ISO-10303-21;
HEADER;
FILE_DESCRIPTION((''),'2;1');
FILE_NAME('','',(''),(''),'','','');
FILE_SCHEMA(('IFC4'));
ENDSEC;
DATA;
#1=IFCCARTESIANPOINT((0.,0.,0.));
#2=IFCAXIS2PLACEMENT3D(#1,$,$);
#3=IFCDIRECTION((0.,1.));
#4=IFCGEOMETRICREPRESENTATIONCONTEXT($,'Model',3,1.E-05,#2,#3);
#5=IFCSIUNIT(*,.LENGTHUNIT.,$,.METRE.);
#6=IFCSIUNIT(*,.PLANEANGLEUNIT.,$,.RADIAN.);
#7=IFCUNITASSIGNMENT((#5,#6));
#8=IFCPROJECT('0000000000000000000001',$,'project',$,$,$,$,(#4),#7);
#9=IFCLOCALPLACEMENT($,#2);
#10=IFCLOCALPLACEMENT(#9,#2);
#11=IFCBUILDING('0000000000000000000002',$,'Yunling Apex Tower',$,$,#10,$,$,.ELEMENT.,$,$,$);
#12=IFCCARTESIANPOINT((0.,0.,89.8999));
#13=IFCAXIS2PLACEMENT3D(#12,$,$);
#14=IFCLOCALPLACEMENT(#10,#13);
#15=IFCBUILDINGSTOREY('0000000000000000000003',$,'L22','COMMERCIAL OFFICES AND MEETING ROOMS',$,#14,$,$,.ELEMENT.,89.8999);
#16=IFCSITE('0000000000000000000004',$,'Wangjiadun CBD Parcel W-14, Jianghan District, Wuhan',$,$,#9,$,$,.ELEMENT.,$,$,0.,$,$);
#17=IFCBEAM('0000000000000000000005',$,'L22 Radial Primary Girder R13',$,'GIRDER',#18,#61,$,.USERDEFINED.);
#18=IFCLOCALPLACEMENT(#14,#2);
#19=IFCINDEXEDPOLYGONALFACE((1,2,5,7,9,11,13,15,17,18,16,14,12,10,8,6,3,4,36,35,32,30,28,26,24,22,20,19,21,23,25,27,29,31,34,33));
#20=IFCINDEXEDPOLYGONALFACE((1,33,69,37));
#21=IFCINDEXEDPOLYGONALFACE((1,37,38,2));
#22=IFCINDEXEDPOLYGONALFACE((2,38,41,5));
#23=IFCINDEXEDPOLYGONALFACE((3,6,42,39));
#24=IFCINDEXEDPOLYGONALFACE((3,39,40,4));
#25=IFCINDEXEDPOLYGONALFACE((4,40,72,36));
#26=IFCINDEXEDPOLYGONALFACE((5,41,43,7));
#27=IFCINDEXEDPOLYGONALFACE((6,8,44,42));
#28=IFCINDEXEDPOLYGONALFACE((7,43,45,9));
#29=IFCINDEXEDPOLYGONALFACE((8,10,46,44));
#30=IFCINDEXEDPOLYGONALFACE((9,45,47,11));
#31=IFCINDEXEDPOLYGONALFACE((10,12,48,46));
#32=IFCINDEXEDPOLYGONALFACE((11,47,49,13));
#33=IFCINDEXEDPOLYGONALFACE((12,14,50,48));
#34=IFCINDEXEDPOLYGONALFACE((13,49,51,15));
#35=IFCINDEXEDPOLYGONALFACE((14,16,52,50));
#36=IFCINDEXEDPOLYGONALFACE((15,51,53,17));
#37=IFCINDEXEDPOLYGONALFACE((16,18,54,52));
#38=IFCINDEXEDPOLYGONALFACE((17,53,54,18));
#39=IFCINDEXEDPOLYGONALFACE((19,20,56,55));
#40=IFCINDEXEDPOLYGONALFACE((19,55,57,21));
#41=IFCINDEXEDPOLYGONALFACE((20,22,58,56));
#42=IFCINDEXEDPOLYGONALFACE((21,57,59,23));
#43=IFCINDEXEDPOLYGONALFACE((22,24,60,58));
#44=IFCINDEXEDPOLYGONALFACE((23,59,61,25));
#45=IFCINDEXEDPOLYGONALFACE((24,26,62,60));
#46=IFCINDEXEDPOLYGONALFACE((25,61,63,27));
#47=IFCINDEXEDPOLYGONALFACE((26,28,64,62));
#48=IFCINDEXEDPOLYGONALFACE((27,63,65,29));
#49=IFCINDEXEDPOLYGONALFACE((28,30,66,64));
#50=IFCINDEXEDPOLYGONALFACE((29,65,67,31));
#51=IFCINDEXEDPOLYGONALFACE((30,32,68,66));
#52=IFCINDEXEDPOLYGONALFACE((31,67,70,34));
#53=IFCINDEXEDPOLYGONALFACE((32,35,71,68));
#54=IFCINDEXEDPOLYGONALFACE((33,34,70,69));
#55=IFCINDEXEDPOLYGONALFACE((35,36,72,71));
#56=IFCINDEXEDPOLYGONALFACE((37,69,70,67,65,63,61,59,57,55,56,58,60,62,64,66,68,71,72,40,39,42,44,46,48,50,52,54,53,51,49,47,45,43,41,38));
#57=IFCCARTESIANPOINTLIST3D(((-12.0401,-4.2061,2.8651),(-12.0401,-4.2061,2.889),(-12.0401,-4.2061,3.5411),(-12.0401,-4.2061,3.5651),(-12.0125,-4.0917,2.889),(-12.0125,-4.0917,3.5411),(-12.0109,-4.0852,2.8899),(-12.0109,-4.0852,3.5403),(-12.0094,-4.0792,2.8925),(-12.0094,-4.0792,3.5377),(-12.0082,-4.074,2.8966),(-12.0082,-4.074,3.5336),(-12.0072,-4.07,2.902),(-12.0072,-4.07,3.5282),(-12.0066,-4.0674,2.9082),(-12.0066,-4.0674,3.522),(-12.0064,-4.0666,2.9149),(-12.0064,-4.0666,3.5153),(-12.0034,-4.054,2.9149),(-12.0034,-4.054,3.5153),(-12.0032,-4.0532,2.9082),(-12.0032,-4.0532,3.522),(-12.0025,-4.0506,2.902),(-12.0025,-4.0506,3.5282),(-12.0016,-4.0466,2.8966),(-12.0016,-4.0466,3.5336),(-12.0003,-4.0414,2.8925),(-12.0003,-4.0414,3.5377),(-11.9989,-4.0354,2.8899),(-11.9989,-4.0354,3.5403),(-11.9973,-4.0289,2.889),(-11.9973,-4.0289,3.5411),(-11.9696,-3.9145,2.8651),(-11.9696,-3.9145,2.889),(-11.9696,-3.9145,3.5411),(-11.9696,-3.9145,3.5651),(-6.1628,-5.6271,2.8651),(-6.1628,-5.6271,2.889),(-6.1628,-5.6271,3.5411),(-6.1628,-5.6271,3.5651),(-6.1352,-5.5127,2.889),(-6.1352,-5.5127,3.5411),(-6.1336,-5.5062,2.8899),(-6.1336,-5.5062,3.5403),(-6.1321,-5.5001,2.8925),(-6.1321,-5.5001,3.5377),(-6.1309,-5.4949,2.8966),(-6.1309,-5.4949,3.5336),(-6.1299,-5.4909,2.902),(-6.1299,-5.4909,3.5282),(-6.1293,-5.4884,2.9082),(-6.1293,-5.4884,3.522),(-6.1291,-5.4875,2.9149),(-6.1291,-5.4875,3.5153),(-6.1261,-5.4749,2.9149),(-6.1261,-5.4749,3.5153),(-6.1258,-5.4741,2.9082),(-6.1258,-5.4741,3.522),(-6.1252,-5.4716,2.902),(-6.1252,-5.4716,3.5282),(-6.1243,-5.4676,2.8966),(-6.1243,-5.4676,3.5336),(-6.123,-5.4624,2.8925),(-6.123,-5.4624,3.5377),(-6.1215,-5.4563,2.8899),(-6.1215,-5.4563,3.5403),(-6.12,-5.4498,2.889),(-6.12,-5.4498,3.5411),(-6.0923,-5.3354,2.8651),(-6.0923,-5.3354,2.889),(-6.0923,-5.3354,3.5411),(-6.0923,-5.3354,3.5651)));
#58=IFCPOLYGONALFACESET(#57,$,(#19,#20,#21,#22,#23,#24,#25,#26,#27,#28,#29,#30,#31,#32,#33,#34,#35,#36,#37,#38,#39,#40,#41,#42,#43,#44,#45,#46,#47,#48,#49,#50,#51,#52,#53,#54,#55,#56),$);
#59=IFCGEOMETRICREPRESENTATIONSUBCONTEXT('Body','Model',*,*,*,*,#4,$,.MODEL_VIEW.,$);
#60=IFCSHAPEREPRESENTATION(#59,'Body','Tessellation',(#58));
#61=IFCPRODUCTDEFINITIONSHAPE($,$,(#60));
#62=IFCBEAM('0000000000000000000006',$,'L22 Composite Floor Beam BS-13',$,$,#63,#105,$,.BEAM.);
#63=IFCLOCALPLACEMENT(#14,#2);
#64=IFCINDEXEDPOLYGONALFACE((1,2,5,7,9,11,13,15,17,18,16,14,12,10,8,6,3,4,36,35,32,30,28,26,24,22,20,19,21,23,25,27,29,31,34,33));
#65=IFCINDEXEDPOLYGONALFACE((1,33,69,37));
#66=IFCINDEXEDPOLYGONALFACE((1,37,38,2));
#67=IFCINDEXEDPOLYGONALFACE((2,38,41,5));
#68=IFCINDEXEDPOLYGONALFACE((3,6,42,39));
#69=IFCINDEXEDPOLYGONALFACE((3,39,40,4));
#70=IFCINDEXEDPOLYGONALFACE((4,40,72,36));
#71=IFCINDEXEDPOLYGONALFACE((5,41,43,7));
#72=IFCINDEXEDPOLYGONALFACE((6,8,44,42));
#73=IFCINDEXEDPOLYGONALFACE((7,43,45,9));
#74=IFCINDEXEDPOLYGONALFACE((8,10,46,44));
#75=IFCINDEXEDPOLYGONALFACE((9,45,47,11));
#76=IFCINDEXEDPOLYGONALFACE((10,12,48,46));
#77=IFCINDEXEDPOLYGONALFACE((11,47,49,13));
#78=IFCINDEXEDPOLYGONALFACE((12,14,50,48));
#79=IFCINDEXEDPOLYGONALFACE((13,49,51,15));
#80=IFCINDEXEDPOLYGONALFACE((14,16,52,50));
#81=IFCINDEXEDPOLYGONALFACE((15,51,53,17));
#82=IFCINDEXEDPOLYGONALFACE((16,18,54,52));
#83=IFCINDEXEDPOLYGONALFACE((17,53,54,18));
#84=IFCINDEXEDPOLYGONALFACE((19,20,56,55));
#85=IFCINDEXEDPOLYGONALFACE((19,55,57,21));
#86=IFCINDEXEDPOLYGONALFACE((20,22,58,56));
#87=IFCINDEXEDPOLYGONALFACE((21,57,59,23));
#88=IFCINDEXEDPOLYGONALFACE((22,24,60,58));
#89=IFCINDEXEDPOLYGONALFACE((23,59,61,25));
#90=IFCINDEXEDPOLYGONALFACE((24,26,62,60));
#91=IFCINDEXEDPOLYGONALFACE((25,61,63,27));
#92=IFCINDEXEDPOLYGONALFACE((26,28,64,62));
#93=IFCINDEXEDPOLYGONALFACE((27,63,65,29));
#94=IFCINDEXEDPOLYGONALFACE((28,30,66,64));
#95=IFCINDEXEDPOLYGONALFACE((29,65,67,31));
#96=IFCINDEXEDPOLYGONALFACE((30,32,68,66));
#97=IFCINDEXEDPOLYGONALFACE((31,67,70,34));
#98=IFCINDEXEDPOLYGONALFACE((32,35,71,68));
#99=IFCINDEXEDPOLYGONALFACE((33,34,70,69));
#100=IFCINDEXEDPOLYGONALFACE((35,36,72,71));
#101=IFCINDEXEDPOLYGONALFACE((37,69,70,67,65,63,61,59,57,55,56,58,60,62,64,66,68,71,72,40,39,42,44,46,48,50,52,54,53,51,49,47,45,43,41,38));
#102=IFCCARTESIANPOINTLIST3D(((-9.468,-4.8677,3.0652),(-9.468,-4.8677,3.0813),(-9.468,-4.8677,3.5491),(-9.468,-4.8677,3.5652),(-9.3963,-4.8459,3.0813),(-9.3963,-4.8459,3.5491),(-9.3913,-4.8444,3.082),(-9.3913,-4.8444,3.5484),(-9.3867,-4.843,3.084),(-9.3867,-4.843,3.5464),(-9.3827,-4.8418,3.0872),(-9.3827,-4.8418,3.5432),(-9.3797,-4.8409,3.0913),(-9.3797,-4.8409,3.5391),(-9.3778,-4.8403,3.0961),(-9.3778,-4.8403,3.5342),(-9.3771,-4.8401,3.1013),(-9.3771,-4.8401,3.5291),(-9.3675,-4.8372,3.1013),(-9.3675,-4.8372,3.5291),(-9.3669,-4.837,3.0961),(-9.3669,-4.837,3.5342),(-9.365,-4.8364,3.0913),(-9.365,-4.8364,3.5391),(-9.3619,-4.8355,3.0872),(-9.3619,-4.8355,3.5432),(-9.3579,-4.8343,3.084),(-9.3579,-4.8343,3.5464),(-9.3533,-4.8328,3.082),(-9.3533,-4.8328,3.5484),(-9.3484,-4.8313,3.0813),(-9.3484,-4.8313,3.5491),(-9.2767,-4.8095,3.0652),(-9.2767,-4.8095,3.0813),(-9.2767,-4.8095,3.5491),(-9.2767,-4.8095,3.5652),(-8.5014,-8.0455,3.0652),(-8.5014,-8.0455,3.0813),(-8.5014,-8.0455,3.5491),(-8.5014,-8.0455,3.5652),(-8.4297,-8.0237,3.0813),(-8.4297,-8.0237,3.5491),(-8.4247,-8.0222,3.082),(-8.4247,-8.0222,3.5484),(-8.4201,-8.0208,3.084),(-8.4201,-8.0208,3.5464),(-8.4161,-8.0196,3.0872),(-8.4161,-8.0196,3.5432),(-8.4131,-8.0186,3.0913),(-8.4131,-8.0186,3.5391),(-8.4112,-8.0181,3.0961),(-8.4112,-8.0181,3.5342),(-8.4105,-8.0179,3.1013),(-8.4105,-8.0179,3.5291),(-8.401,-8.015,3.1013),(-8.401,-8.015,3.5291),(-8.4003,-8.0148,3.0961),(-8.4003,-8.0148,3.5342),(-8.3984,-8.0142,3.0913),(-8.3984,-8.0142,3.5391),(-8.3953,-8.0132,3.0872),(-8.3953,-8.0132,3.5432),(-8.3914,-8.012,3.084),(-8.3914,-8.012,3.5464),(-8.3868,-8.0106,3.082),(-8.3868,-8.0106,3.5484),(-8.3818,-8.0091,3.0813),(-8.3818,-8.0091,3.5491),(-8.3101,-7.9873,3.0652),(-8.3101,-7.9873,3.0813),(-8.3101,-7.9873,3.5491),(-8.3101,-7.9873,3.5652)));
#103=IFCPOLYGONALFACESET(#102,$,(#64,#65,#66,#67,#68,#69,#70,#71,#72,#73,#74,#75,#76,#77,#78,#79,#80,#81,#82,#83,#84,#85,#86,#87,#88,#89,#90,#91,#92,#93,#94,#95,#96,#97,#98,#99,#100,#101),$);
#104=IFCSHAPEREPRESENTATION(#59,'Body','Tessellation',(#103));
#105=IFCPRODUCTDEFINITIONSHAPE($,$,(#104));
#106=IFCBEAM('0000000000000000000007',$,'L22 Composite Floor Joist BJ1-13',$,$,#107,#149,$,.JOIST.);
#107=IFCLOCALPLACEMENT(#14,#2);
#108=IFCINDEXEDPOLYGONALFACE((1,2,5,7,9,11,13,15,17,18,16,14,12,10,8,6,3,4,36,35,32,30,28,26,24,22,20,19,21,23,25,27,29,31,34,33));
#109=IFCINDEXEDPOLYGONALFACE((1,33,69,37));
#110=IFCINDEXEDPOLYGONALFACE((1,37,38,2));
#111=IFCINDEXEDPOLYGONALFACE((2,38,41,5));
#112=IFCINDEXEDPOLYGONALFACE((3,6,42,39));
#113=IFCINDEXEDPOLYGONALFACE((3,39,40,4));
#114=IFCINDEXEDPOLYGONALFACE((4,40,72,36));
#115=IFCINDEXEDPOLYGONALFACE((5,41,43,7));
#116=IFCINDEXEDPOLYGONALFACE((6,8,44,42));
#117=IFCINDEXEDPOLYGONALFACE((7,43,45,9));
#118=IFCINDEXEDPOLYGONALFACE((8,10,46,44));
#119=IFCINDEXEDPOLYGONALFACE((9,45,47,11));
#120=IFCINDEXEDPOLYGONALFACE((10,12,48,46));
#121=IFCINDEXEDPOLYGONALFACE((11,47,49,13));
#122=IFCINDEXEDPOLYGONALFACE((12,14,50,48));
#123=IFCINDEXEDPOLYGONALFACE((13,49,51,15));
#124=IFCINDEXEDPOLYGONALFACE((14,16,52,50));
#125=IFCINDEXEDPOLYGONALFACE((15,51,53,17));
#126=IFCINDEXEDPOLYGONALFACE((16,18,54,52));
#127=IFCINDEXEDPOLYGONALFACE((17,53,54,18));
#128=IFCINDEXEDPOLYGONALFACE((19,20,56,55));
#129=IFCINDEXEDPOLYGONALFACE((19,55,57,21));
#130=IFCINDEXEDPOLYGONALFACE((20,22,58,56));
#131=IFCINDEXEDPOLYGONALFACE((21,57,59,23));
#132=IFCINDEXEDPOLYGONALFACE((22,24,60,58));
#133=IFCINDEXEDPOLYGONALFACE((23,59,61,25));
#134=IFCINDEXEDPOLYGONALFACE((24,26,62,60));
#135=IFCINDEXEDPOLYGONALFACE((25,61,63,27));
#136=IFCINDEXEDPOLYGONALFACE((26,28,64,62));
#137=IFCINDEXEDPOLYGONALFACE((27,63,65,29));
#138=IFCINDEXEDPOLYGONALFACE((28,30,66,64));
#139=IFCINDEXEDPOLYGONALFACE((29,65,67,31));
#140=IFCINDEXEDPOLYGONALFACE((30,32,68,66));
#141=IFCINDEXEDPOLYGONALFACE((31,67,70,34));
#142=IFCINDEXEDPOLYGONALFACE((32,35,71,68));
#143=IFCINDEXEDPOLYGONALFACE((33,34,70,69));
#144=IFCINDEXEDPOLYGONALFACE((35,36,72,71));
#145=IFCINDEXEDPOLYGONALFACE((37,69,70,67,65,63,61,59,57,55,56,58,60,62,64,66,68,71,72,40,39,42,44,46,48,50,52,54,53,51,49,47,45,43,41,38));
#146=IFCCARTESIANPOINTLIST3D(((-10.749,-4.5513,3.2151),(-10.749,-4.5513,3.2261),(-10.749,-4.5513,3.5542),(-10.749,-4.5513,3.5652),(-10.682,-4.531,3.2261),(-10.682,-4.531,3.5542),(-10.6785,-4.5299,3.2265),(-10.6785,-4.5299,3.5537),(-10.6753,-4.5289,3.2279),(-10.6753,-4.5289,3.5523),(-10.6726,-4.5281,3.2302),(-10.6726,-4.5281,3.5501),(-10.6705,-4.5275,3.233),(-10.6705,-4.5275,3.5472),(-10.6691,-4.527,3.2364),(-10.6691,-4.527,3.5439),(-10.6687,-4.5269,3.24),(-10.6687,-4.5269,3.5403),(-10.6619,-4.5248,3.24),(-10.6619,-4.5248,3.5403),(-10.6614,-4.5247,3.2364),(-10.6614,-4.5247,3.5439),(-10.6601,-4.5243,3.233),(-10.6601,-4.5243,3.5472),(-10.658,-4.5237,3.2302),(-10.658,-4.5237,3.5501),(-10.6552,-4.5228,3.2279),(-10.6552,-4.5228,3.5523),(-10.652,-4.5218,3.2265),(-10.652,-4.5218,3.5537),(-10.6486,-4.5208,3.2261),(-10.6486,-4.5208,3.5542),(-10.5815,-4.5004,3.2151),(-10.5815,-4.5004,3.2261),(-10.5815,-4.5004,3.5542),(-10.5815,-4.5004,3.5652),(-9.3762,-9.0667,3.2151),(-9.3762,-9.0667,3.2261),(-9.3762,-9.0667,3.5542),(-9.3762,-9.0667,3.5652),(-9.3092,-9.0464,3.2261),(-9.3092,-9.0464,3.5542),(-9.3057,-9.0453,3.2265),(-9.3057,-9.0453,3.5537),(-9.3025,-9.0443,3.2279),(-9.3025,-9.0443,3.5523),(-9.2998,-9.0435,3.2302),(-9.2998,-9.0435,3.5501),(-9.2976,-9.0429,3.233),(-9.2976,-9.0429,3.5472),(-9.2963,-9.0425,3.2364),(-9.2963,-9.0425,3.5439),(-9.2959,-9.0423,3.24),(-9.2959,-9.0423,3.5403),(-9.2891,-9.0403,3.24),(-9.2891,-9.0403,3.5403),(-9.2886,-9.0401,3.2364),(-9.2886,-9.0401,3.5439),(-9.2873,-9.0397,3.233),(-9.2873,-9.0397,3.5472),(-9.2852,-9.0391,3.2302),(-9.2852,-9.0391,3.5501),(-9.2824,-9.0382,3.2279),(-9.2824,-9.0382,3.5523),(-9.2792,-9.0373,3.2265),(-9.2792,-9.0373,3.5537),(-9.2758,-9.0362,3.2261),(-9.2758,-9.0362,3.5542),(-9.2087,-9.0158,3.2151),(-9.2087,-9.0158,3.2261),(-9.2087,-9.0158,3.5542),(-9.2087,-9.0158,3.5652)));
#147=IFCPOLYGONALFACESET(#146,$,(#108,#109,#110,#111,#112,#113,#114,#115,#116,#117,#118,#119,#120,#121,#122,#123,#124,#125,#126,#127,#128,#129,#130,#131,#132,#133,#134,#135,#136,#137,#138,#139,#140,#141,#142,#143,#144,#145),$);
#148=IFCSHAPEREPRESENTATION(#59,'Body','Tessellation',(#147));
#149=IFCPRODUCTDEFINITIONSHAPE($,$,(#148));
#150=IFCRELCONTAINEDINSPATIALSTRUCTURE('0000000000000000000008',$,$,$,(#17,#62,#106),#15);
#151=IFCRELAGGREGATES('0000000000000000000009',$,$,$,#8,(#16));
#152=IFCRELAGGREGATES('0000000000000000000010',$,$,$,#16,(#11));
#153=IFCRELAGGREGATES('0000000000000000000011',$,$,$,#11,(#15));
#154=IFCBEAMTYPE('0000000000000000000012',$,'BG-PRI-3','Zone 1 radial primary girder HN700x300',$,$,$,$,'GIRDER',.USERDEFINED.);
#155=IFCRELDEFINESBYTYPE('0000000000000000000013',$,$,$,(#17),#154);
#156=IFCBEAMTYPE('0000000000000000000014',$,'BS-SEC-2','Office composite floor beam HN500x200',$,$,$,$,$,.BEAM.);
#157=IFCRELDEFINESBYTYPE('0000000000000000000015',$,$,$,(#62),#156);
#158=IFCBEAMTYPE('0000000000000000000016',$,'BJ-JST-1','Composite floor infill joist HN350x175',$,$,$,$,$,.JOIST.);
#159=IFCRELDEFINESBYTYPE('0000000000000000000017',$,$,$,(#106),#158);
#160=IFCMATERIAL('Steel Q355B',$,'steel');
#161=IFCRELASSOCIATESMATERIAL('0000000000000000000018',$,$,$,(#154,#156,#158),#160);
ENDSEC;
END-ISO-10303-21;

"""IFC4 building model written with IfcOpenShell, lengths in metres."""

from ifc_helpers import new_model, si_unit, direction, frame, origin, origin_2d, place, context, subcontext, project, spatial, i_section, extrude, source, transform, mapped, material, material_profile, profile_set, type_object, element, save


model = new_model("IFC4")

# Units and contexts
model_context = context("Model", 3, precision=1e-05, world=origin(), true_north=direction((0.0, 1.0)))
body_context = subcontext(model_context, "Body", "Model", "MODEL_VIEW")
ifc_project = project(units=[si_unit("LENGTHUNIT", "METRE"), si_unit("PLANEANGLEUNIT", "RADIAN")], contexts=[model_context])

# Site, building, storey
site_placement = place(None, origin())
site = spatial("IfcSite", under=ifc_project, at=site_placement, Name="Wangjiadun CBD Parcel W-14, Jianghan District, Wuhan", CompositionType="ELEMENT", RefElevation=0.0)
building_placement = place(site_placement, origin())
building = spatial("IfcBuilding", under=site, at=building_placement, Name="Yunling Apex Tower", CompositionType="ELEMENT")
storey_placement = place(building_placement, frame((0.0, 0.0, 89.8999)))
storey = spatial("IfcBuildingStorey", under=building, at=storey_placement, Name="L22", Description="COMMERCIAL OFFICES AND MEETING ROOMS", CompositionType="ELEMENT", Elevation=89.8999)

# Beams
ifc_material_1 = material(Name="Steel Q355B", Category="steel")
ifc_material_profile_1 = material_profile(ifc_material_1, i_section(OverallWidth=0.3, OverallDepth=0.7, WebThickness=0.0129, FlangeThickness=0.0239, FilletRadius=0.0259, at=origin_2d()))
ifc_profile_set_1 = profile_set([ifc_material_profile_1], Name="Steel Q355B")
beam_type_1 = type_object("IfcBeamType", Name="BG-PRI-3", Description="Zone 1 radial primary girder HN700x300", ElementType="GIRDER", PredefinedType="USERDEFINED", material=ifc_profile_set_1)
shared_shape_1 = source(origin(), body_context, "Body", "SweptSolid", [
    extrude(i_section(OverallWidth=0.3, OverallDepth=0.7, WebThickness=0.0129, FlangeThickness=0.0239, FilletRadius=0.0259, at=origin_2d()), origin(), (0.0, 0.0, 1.0), 6.0466),
])
beam_1_placement = place(storey_placement, frame((-12.0049, -4.0603, 3.2151), z_axis=(0.971997, -0.234994, 0.0), x_axis=(0.234994, 0.971997, 0.0)))
element("IfcBeam", 1, at=beam_1_placement, inside=storey, type_object=beam_type_1, Name="L22 Radial Primary Girder R13", ObjectType="GIRDER", PredefinedType="USERDEFINED", context=body_context, shape_type="MappedRepresentation", body=[
    mapped(shared_shape_1, transform((0.0, 0.0, 0.0), scale=1.0)),
])
ifc_material_profile_2 = material_profile(ifc_material_1, i_section(OverallWidth=0.2, OverallDepth=0.5, WebThickness=0.01, FlangeThickness=0.0161, FilletRadius=0.02, at=origin_2d()))
ifc_profile_set_2 = profile_set([ifc_material_profile_2], Name="Steel Q355B")
beam_type_2 = type_object("IfcBeamType", Name="BS-SEC-2", Description="Office composite floor beam HN500x200", PredefinedType="BEAM", material=ifc_profile_set_2)
shared_shape_2 = source(origin(), body_context, "Body", "SweptSolid", [
    extrude(i_section(OverallWidth=0.2, OverallDepth=0.5, WebThickness=0.01, FlangeThickness=0.0161, FilletRadius=0.02, at=origin_2d()), origin(), (0.0, 0.0, 1.0), 3.3215),
])
beam_2_placement = place(storey_placement, frame((-9.3723, -4.8386, 3.3152), z_axis=(0.291001, -0.956723, 0.0), x_axis=(0.956723, 0.291001, 0.0)))
element("IfcBeam", 2, at=beam_2_placement, inside=storey, type_object=beam_type_2, Name="L22 Composite Floor Beam BS-13", PredefinedType="BEAM", context=body_context, shape_type="MappedRepresentation", body=[
    mapped(shared_shape_2, transform((0.0, 0.0, 0.0), scale=1.0)),
])
ifc_material_profile_3 = material_profile(ifc_material_1, i_section(OverallWidth=0.175, OverallDepth=0.3501, WebThickness=0.0071, FlangeThickness=0.011, FilletRadius=0.0139, at=origin_2d()))
ifc_profile_set_3 = profile_set([ifc_material_profile_3], Name="Steel Q355B")
beam_type_3 = type_object("IfcBeamType", Name="BJ-JST-1", Description="Composite floor infill joist HN350x175", PredefinedType="JOIST", material=ifc_profile_set_3)
shared_shape_3 = source(origin(), body_context, "Body", "SweptSolid", [
    extrude(i_section(OverallWidth=0.175, OverallDepth=0.3501, WebThickness=0.0071, FlangeThickness=0.011, FilletRadius=0.0139, at=origin_2d()), origin(), (0.0, 0.0, 1.0), 4.7195),
])
beam_3_placement = place(storey_placement, frame((-10.6653, -4.5259, 3.3901), z_axis=(0.290882, -0.956759, 0.0), x_axis=(0.956759, 0.290882, 0.0)))
element("IfcBeam", 3, at=beam_3_placement, inside=storey, type_object=beam_type_3, Name="L22 Composite Floor Joist BJ1-13", PredefinedType="JOIST", context=body_context, shape_type="MappedRepresentation", body=[
    mapped(shared_shape_3, transform((0.0, 0.0, 0.0), scale=1.0)),
])

save(model, "model.ifc")
